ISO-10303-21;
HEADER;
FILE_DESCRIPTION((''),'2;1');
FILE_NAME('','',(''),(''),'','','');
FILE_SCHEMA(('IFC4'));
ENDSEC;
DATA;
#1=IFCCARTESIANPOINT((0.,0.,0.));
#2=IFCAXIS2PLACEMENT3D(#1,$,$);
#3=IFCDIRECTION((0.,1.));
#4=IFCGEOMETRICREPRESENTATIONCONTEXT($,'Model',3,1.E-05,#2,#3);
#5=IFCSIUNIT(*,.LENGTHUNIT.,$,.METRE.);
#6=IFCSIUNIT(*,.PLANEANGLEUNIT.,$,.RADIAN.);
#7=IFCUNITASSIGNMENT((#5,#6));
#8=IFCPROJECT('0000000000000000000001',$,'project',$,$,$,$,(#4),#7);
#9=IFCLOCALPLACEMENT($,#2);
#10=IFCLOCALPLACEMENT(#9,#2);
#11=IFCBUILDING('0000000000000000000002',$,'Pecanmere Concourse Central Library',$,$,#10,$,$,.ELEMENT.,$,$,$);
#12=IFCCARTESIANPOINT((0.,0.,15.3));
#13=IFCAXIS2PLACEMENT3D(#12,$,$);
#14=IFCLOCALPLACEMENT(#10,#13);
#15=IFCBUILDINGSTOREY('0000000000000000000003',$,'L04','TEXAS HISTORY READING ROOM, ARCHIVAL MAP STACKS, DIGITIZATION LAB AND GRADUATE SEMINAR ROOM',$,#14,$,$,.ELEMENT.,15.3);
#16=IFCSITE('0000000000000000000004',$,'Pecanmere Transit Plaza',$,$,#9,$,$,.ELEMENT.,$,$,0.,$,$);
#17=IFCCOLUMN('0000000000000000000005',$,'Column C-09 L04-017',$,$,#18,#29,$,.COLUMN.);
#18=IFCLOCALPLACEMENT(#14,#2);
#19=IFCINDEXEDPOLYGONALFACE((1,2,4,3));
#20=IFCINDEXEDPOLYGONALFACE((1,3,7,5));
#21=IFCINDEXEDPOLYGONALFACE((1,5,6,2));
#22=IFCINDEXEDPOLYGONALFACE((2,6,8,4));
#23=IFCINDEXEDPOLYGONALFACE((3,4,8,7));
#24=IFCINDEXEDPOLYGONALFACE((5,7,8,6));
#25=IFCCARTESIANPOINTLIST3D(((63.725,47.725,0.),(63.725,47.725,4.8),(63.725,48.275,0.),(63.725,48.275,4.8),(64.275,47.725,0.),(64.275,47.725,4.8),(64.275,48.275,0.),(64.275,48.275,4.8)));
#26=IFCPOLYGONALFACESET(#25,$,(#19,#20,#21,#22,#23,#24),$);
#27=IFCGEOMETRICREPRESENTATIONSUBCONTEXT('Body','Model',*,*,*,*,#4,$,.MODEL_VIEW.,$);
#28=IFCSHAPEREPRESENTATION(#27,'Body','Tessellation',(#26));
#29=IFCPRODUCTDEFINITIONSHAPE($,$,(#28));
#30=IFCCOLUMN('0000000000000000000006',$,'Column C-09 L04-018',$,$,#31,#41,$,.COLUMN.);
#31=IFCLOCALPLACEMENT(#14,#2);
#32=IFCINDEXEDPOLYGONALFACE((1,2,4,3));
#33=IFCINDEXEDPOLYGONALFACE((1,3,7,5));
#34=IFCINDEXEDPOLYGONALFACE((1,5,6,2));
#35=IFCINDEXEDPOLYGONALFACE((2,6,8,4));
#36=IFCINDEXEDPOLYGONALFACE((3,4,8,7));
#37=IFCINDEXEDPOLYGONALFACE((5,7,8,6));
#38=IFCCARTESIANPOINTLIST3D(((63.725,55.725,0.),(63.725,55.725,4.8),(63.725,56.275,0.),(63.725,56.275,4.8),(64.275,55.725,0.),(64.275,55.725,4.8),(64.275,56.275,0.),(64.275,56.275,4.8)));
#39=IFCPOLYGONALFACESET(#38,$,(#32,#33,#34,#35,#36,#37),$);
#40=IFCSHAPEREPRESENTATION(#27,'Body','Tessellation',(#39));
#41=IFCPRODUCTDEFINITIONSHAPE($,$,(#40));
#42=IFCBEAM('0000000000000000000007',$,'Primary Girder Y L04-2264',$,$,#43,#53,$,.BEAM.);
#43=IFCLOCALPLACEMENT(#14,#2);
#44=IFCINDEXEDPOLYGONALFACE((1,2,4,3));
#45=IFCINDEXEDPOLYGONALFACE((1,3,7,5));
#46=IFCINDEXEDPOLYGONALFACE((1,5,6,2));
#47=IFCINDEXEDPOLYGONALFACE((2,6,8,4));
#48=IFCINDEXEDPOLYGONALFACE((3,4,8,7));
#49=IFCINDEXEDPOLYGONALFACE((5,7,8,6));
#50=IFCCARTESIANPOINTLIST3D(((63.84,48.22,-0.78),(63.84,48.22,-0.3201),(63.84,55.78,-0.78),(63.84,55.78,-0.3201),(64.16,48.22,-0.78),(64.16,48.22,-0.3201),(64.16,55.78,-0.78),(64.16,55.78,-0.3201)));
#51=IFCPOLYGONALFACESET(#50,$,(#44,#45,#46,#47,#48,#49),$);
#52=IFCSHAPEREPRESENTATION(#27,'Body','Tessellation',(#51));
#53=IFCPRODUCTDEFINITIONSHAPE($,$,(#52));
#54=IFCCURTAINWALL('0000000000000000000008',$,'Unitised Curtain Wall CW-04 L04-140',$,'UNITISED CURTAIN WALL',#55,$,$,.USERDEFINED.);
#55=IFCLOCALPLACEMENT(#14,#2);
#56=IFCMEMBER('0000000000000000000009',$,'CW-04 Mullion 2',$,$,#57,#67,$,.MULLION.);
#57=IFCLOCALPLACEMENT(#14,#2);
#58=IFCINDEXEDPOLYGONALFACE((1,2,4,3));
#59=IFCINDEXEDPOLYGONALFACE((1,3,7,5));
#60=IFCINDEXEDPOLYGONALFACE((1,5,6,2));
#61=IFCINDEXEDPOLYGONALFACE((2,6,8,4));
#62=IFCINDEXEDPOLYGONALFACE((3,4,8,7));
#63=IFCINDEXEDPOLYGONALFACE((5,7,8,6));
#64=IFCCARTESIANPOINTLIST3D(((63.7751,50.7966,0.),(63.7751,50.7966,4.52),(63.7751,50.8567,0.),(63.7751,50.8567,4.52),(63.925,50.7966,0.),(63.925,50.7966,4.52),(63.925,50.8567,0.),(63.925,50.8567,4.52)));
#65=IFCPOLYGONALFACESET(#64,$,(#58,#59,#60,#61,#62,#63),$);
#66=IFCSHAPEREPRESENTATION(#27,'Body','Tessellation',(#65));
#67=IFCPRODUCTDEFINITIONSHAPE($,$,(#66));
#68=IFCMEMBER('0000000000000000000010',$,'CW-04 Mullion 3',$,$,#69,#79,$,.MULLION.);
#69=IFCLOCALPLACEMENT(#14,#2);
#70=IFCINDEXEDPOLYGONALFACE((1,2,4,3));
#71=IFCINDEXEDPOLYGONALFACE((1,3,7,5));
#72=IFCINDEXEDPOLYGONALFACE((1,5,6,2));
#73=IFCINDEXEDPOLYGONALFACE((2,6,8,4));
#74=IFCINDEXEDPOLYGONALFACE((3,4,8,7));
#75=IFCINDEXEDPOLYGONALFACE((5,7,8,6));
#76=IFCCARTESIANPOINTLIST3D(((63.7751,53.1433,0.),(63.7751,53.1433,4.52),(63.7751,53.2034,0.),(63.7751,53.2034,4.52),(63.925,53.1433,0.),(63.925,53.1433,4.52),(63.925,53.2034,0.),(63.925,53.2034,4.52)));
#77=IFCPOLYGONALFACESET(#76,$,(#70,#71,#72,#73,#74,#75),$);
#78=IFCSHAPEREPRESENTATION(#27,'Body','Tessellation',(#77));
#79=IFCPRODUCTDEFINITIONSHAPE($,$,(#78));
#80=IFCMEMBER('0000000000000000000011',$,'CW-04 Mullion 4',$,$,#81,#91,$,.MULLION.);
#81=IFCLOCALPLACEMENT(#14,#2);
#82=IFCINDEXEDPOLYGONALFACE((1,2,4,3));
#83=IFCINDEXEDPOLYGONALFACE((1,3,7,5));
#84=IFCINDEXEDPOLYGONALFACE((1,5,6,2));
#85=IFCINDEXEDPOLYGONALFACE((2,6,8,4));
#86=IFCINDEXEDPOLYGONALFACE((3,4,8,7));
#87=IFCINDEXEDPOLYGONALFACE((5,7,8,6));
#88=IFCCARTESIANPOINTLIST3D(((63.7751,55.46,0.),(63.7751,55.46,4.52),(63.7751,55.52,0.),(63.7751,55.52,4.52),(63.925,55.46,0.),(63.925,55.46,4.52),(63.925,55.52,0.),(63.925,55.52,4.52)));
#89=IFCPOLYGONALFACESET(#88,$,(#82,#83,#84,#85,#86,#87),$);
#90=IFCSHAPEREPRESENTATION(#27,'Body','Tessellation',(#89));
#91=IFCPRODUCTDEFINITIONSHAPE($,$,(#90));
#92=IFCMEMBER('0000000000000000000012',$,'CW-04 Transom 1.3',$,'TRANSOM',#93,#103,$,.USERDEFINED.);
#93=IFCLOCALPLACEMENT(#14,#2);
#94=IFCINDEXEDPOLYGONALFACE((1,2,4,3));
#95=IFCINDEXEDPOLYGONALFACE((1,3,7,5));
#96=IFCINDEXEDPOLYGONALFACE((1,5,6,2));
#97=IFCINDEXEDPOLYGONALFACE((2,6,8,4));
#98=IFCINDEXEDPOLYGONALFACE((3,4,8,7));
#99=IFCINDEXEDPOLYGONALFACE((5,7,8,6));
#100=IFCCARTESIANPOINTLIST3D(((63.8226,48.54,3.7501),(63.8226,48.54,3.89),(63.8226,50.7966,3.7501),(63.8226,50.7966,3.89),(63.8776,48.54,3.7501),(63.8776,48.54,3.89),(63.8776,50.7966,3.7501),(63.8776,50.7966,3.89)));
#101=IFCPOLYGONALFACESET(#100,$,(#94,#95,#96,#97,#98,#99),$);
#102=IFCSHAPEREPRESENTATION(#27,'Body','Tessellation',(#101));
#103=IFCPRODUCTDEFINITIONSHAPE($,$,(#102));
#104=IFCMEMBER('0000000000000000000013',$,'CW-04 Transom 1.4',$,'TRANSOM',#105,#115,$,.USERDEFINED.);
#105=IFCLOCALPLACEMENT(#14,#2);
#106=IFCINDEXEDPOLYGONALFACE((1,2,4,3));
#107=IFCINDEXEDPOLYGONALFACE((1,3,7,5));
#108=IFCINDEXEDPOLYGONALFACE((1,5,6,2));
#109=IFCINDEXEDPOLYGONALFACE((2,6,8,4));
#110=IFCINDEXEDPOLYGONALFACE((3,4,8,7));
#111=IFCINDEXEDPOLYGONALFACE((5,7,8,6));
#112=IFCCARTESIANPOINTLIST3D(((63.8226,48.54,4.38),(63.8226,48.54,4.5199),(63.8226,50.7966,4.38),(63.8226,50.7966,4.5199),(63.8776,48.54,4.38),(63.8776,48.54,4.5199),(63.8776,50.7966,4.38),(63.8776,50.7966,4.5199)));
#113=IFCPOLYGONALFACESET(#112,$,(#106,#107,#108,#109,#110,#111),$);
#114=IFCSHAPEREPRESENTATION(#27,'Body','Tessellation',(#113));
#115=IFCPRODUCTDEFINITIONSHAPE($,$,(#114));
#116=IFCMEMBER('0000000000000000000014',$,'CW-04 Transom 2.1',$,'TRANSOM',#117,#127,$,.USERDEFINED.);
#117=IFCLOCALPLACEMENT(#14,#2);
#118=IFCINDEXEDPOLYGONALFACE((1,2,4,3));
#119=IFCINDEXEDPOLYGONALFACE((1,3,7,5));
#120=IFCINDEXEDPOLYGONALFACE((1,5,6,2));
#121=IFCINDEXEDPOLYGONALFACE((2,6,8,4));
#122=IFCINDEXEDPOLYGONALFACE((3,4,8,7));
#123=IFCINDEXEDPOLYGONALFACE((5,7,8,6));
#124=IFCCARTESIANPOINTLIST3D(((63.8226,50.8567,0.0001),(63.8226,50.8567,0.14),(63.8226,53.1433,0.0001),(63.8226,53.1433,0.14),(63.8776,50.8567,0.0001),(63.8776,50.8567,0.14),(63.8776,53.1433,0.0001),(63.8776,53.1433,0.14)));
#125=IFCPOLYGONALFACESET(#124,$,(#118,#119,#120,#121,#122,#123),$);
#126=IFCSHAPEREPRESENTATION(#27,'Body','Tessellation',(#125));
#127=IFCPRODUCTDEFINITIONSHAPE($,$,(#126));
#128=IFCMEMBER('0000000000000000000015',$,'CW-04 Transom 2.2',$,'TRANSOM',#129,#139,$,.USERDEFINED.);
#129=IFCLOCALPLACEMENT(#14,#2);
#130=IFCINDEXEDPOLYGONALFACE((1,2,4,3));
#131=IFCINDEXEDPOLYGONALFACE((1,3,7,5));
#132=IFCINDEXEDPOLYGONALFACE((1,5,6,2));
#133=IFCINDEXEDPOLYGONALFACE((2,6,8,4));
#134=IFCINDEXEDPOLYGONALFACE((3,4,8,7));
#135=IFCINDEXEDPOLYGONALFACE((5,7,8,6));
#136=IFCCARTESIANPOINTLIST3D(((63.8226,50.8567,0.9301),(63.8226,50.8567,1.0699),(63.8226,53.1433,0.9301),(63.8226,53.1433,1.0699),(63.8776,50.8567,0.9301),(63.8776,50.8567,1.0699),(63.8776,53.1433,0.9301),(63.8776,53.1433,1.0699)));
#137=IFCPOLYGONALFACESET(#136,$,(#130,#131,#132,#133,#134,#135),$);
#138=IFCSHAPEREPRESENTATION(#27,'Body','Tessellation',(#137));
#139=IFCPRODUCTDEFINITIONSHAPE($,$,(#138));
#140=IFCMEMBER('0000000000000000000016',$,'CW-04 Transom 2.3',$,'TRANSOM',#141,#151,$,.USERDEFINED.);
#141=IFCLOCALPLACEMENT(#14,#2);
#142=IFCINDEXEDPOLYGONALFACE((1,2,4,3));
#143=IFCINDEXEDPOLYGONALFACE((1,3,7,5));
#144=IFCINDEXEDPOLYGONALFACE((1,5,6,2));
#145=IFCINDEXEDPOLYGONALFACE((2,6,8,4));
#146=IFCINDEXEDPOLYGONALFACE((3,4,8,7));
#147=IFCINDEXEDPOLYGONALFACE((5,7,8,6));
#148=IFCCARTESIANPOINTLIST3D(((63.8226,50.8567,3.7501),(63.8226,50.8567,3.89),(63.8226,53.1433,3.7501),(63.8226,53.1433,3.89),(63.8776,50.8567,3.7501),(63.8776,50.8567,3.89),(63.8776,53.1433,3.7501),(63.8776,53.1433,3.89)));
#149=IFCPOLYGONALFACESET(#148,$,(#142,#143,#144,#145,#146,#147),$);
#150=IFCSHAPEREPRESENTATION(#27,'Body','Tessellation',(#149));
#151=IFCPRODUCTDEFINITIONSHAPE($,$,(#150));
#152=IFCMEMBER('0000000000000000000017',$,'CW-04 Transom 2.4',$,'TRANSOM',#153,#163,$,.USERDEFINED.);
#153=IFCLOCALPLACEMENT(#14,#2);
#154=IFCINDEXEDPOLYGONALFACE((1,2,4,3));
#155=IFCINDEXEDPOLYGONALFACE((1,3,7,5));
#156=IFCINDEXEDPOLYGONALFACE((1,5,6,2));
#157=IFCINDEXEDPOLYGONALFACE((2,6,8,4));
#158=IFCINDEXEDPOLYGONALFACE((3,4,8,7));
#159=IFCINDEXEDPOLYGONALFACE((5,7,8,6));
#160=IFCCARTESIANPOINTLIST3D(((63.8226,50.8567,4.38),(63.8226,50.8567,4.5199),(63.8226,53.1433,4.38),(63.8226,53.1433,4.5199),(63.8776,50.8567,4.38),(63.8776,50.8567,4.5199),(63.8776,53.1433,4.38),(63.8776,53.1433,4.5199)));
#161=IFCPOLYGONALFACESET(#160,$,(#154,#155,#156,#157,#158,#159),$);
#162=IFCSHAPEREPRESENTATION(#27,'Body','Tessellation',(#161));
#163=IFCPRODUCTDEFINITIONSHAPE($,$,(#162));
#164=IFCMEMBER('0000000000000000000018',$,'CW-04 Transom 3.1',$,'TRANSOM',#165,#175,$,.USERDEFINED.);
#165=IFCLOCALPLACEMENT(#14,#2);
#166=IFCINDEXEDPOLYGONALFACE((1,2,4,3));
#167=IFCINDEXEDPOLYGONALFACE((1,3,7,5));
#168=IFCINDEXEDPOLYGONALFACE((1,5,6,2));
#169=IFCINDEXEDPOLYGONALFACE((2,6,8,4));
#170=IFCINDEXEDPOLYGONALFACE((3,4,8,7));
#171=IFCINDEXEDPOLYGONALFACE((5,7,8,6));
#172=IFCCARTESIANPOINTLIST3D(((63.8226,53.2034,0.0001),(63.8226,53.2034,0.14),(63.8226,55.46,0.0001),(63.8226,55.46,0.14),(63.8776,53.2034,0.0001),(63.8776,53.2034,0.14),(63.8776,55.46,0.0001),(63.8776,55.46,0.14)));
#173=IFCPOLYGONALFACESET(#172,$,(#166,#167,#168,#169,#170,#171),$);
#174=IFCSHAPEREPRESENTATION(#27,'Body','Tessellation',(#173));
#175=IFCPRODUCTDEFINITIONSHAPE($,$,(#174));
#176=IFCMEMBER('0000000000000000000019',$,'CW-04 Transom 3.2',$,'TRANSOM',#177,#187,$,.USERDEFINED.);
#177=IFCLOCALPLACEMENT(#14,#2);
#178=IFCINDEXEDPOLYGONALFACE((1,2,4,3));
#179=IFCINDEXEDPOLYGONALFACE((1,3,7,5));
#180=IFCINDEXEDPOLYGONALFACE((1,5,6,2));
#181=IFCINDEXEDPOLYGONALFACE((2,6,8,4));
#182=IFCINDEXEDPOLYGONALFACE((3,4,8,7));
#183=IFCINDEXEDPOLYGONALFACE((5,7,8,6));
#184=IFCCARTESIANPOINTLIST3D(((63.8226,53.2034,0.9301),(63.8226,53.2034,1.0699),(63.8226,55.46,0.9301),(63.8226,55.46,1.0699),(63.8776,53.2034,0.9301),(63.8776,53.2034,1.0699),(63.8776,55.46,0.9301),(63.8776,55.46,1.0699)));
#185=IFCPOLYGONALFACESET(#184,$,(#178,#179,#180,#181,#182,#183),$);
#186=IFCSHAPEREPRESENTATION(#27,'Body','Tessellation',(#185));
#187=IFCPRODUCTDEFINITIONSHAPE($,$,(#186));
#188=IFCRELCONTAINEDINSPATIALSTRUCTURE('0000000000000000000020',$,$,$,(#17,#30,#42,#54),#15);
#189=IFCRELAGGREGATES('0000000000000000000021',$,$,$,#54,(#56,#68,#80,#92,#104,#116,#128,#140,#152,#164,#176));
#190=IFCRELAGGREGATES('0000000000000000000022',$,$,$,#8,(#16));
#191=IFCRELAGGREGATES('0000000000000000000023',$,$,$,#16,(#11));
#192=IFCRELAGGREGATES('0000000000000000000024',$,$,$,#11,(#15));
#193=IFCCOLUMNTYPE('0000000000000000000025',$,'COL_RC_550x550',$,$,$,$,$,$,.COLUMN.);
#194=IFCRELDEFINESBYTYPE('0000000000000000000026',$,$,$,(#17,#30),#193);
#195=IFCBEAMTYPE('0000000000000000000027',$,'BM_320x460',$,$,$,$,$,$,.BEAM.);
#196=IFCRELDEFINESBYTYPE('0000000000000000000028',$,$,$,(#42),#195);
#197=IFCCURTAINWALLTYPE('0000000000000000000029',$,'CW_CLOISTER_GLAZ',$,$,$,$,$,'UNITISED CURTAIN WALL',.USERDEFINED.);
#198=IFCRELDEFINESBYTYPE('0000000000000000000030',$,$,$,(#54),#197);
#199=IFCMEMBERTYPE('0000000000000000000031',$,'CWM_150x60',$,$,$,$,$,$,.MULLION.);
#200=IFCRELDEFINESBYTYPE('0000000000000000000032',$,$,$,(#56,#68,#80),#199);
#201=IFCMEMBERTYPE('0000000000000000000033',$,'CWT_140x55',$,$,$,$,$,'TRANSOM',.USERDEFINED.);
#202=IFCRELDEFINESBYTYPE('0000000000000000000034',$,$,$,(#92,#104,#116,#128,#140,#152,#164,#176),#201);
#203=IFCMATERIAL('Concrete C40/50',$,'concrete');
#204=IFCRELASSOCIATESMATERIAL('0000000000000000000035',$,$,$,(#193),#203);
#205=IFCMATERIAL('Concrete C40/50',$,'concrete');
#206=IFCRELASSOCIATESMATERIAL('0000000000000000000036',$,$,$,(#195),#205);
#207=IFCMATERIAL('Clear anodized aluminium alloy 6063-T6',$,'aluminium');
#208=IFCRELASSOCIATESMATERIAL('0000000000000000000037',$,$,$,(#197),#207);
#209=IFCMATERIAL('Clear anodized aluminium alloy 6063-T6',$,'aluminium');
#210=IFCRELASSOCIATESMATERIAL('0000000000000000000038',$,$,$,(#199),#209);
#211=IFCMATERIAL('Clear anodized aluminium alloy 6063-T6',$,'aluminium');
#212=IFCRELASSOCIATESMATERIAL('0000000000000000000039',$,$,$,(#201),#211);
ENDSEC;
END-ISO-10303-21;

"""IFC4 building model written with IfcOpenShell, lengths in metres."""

from ifc_helpers import new_model, si_unit, direction, frame, origin, origin_2d, place, context, subcontext, project, spatial, rectangle, extrude, material, material_profile, profile_set, type_object, element, aggregate, save


model = new_model("IFC4")

# Units and contexts
model_context = context("Model", 3, precision=1e-05, world=origin(), true_north=direction((0.0, 1.0)))
body_context = subcontext(model_context, "Body", "Model", "MODEL_VIEW")
ifc_project = project(units=[si_unit("LENGTHUNIT", "METRE"), si_unit("PLANEANGLEUNIT", "RADIAN")], contexts=[model_context])

# Site, building, storey
site_placement = place(None, origin())
site = spatial("IfcSite", under=ifc_project, at=site_placement, Name="Pecanmere Transit Plaza", CompositionType="ELEMENT", RefElevation=0.0)
building_placement = place(site_placement, origin())
building = spatial("IfcBuilding", under=site, at=building_placement, Name="Pecanmere Concourse Central Library", CompositionType="ELEMENT")
storey_placement = place(building_placement, frame((0.0, 0.0, 15.3)))
storey = spatial("IfcBuildingStorey", under=building, at=storey_placement, Name="L04", Description="TEXAS HISTORY READING ROOM, ARCHIVAL MAP STACKS, DIGITIZATION LAB AND GRADUATE SEMINAR ROOM", CompositionType="ELEMENT", Elevation=15.3)

# Columns
ifc_material_1 = material(Name="Concrete C40/50", Category="concrete")
ifc_material_profile_1 = material_profile(ifc_material_1, rectangle(XDim=0.55, YDim=0.55, at=origin_2d()), Name="RC 550x550")
ifc_profile_set_1 = profile_set([ifc_material_profile_1], Name="Concrete C40/50")
column_type = type_object("IfcColumnType", Name="COL_RC_550x550", PredefinedType="COLUMN", material=ifc_profile_set_1)
for number, where, z_axis, x_axis, name in (
    (1, (64.0, 48.0, 0.0), (0.0, 0.0, 1.0), (1.0, 0.0, 0.0), "Column C-09 L04-017"),
    (2, (64.0, 56.0, 0.0), (0.0, 0.0, 1.0), (1.0, 0.0, 0.0), "Column C-09 L04-018"),
):
    element("IfcColumn", number, at=place(storey_placement, frame(where, z_axis=z_axis, x_axis=x_axis)), inside=storey, type_object=column_type, Name=name, PredefinedType="COLUMN", context=body_context, shape_type="SweptSolid", body=[
        extrude(rectangle(XDim=0.55, YDim=0.55, at=origin_2d()), origin(), (0.0, 0.0, 1.0), 4.8),
    ])

# Beam
ifc_material_2 = material(Name="Concrete C40/50", Category="concrete")
ifc_material_profile_2 = material_profile(ifc_material_2, rectangle(XDim=0.3201, YDim=0.46, at=origin_2d()), Name="RC 320x460")
ifc_profile_set_2 = profile_set([ifc_material_profile_2], Name="Concrete C40/50")
beam_type = type_object("IfcBeamType", Name="BM_320x460", PredefinedType="BEAM", material=ifc_profile_set_2)
beam_placement = place(storey_placement, frame((64.0, 48.22, -0.55), z_axis=(0.0, 1.0, 0.0), x_axis=(-1.0, 0.0, 0.0)))
element("IfcBeam", 3, at=beam_placement, inside=storey, type_object=beam_type, Name="Primary Girder Y L04-2264", PredefinedType="BEAM", context=body_context, shape_type="SweptSolid", body=[
    extrude(rectangle(XDim=0.3201, YDim=0.46, at=origin_2d()), origin(), (0.0, 0.0, 1.0), 7.5601),
])

# Curtain wall, members
ifc_material_3 = material(Name="Clear anodized aluminium alloy 6063-T6", Category="aluminium")
curtain_wall_type = type_object("IfcCurtainWallType", Name="CW_CLOISTER_GLAZ", ElementType="UNITISED CURTAIN WALL", PredefinedType="USERDEFINED", material=ifc_material_3)
curtain_wall_placement = place(storey_placement, origin())
curtain_wall = element("IfcCurtainWall", 4, at=curtain_wall_placement, inside=storey, type_object=curtain_wall_type, Name="Unitised Curtain Wall CW-04 L04-140", ObjectType="UNITISED CURTAIN WALL", PredefinedType="USERDEFINED")
ifc_material_4 = material(Name="Clear anodized aluminium alloy 6063-T6", Category="aluminium")
ifc_material_profile_3 = material_profile(ifc_material_4, rectangle(XDim=0.0601, YDim=0.1499, at=origin_2d()), Name="AL 60x150")
ifc_profile_set_3 = profile_set([ifc_material_profile_3], Name="Clear anodized aluminium alloy 6063-T6")
member_type_1 = type_object("IfcMemberType", Name="CWM_150x60", PredefinedType="MULLION", material=ifc_profile_set_3)
member_1_placement = place(storey_placement, frame((63.8501, 50.8267, 0.0), z_axis=(0.0, 0.0, 1.0), x_axis=(0.0, 1.0, 0.0)))
member_1 = element("IfcMember", 5, at=member_1_placement, type_object=member_type_1, Name="CW-04 Mullion 2", PredefinedType="MULLION", context=body_context, shape_type="SweptSolid", body=[
    extrude(rectangle(XDim=0.0601, YDim=0.1499, at=origin_2d()), origin(), (0.0, 0.0, 1.0), 4.52),
])
member_2_placement = place(storey_placement, frame((63.8501, 53.1733, 0.0), z_axis=(0.0, 0.0, 1.0), x_axis=(0.0, 1.0, 0.0)))
member_2 = element("IfcMember", 6, at=member_2_placement, type_object=member_type_1, Name="CW-04 Mullion 3", PredefinedType="MULLION", context=body_context, shape_type="SweptSolid", body=[
    extrude(rectangle(XDim=0.0601, YDim=0.1499, at=origin_2d()), origin(), (0.0, 0.0, 1.0), 4.52),
])
member_3_placement = place(storey_placement, frame((63.8501, 55.49, 0.0), z_axis=(0.0, 0.0, 1.0), x_axis=(0.0, 1.0, 0.0)))
member_3 = element("IfcMember", 7, at=member_3_placement, type_object=member_type_1, Name="CW-04 Mullion 4", PredefinedType="MULLION", context=body_context, shape_type="SweptSolid", body=[
    extrude(rectangle(XDim=0.0601, YDim=0.1499, at=origin_2d()), origin(), (0.0, 0.0, 1.0), 4.52),
])
ifc_material_5 = material(Name="Clear anodized aluminium alloy 6063-T6", Category="aluminium")
ifc_material_profile_4 = material_profile(ifc_material_5, rectangle(XDim=0.0549, YDim=0.1399, at=origin_2d()), Name="AL 55x140")
ifc_profile_set_4 = profile_set([ifc_material_profile_4], Name="Clear anodized aluminium alloy 6063-T6")
member_type_2 = type_object("IfcMemberType", Name="CWT_140x55", ElementType="TRANSOM", PredefinedType="USERDEFINED", material=ifc_profile_set_4)
member_4_placement = place(storey_placement, frame((63.8501, 48.54, 3.8201), z_axis=(0.0, 1.0, 0.0), x_axis=(-1.0, 0.0, 0.0)))
member_4 = element("IfcMember", 8, at=member_4_placement, type_object=member_type_2, Name="CW-04 Transom 1.3", ObjectType="TRANSOM", PredefinedType="USERDEFINED", context=body_context, shape_type="SweptSolid", body=[
    extrude(rectangle(XDim=0.0549, YDim=0.1399, at=origin_2d()), origin(), (0.0, 0.0, 1.0), 2.2566),
])
member_5_placement = place(storey_placement, frame((63.8501, 48.54, 4.45), z_axis=(0.0, 1.0, 0.0), x_axis=(-1.0, 0.0, 0.0)))
member_5 = element("IfcMember", 9, at=member_5_placement, type_object=member_type_2, Name="CW-04 Transom 1.4", ObjectType="TRANSOM", PredefinedType="USERDEFINED", context=body_context, shape_type="SweptSolid", body=[
    extrude(rectangle(XDim=0.0549, YDim=0.1399, at=origin_2d()), origin(), (0.0, 0.0, 1.0), 2.2566),
])
member_6_placement = place(storey_placement, frame((63.8501, 50.8567, 0.0701), z_axis=(0.0, 1.0, 0.0), x_axis=(-1.0, 0.0, 0.0)))
member_6 = element("IfcMember", 10, at=member_6_placement, type_object=member_type_2, Name="CW-04 Transom 2.1", ObjectType="TRANSOM", PredefinedType="USERDEFINED", context=body_context, shape_type="SweptSolid", body=[
    extrude(rectangle(XDim=0.0549, YDim=0.1399, at=origin_2d()), origin(), (0.0, 0.0, 1.0), 2.2866),
])
member_7_placement = place(storey_placement, frame((63.8501, 50.8567, 1.0), z_axis=(0.0, 1.0, 0.0), x_axis=(-1.0, 0.0, 0.0)))
member_7 = element("IfcMember", 11, at=member_7_placement, type_object=member_type_2, Name="CW-04 Transom 2.2", ObjectType="TRANSOM", PredefinedType="USERDEFINED", context=body_context, shape_type="SweptSolid", body=[
    extrude(rectangle(XDim=0.0549, YDim=0.1399, at=origin_2d()), origin(), (0.0, 0.0, 1.0), 2.2866),
])
member_8_placement = place(storey_placement, frame((63.8501, 50.8567, 3.8201), z_axis=(0.0, 1.0, 0.0), x_axis=(-1.0, 0.0, 0.0)))
member_8 = element("IfcMember", 12, at=member_8_placement, type_object=member_type_2, Name="CW-04 Transom 2.3", ObjectType="TRANSOM", PredefinedType="USERDEFINED", context=body_context, shape_type="SweptSolid", body=[
    extrude(rectangle(XDim=0.0549, YDim=0.1399, at=origin_2d()), origin(), (0.0, 0.0, 1.0), 2.2866),
])
member_9_placement = place(storey_placement, frame((63.8501, 50.8567, 4.45), z_axis=(0.0, 1.0, 0.0), x_axis=(-1.0, 0.0, 0.0)))
member_9 = element("IfcMember", 13, at=member_9_placement, type_object=member_type_2, Name="CW-04 Transom 2.4", ObjectType="TRANSOM", PredefinedType="USERDEFINED", context=body_context, shape_type="SweptSolid", body=[
    extrude(rectangle(XDim=0.0549, YDim=0.1399, at=origin_2d()), origin(), (0.0, 0.0, 1.0), 2.2866),
])
member_10_placement = place(storey_placement, frame((63.8501, 53.2034, 0.0701), z_axis=(0.0, 1.0, 0.0), x_axis=(-1.0, 0.0, 0.0)))
member_10 = element("IfcMember", 14, at=member_10_placement, type_object=member_type_2, Name="CW-04 Transom 3.1", ObjectType="TRANSOM", PredefinedType="USERDEFINED", context=body_context, shape_type="SweptSolid", body=[
    extrude(rectangle(XDim=0.0549, YDim=0.1399, at=origin_2d()), origin(), (0.0, 0.0, 1.0), 2.2566),
])
member_11_placement = place(storey_placement, frame((63.8501, 53.2034, 1.0), z_axis=(0.0, 1.0, 0.0), x_axis=(-1.0, 0.0, 0.0)))
member_11 = element("IfcMember", 15, at=member_11_placement, type_object=member_type_2, Name="CW-04 Transom 3.2", ObjectType="TRANSOM", PredefinedType="USERDEFINED", context=body_context, shape_type="SweptSolid", body=[
    extrude(rectangle(XDim=0.0549, YDim=0.1399, at=origin_2d()), origin(), (0.0, 0.0, 1.0), 2.2566),
])
aggregate(curtain_wall, [member_1, member_2, member_3, member_4, member_5, member_6, member_7, member_8, member_9, member_10, member_11])

save(model, "model.ifc")
